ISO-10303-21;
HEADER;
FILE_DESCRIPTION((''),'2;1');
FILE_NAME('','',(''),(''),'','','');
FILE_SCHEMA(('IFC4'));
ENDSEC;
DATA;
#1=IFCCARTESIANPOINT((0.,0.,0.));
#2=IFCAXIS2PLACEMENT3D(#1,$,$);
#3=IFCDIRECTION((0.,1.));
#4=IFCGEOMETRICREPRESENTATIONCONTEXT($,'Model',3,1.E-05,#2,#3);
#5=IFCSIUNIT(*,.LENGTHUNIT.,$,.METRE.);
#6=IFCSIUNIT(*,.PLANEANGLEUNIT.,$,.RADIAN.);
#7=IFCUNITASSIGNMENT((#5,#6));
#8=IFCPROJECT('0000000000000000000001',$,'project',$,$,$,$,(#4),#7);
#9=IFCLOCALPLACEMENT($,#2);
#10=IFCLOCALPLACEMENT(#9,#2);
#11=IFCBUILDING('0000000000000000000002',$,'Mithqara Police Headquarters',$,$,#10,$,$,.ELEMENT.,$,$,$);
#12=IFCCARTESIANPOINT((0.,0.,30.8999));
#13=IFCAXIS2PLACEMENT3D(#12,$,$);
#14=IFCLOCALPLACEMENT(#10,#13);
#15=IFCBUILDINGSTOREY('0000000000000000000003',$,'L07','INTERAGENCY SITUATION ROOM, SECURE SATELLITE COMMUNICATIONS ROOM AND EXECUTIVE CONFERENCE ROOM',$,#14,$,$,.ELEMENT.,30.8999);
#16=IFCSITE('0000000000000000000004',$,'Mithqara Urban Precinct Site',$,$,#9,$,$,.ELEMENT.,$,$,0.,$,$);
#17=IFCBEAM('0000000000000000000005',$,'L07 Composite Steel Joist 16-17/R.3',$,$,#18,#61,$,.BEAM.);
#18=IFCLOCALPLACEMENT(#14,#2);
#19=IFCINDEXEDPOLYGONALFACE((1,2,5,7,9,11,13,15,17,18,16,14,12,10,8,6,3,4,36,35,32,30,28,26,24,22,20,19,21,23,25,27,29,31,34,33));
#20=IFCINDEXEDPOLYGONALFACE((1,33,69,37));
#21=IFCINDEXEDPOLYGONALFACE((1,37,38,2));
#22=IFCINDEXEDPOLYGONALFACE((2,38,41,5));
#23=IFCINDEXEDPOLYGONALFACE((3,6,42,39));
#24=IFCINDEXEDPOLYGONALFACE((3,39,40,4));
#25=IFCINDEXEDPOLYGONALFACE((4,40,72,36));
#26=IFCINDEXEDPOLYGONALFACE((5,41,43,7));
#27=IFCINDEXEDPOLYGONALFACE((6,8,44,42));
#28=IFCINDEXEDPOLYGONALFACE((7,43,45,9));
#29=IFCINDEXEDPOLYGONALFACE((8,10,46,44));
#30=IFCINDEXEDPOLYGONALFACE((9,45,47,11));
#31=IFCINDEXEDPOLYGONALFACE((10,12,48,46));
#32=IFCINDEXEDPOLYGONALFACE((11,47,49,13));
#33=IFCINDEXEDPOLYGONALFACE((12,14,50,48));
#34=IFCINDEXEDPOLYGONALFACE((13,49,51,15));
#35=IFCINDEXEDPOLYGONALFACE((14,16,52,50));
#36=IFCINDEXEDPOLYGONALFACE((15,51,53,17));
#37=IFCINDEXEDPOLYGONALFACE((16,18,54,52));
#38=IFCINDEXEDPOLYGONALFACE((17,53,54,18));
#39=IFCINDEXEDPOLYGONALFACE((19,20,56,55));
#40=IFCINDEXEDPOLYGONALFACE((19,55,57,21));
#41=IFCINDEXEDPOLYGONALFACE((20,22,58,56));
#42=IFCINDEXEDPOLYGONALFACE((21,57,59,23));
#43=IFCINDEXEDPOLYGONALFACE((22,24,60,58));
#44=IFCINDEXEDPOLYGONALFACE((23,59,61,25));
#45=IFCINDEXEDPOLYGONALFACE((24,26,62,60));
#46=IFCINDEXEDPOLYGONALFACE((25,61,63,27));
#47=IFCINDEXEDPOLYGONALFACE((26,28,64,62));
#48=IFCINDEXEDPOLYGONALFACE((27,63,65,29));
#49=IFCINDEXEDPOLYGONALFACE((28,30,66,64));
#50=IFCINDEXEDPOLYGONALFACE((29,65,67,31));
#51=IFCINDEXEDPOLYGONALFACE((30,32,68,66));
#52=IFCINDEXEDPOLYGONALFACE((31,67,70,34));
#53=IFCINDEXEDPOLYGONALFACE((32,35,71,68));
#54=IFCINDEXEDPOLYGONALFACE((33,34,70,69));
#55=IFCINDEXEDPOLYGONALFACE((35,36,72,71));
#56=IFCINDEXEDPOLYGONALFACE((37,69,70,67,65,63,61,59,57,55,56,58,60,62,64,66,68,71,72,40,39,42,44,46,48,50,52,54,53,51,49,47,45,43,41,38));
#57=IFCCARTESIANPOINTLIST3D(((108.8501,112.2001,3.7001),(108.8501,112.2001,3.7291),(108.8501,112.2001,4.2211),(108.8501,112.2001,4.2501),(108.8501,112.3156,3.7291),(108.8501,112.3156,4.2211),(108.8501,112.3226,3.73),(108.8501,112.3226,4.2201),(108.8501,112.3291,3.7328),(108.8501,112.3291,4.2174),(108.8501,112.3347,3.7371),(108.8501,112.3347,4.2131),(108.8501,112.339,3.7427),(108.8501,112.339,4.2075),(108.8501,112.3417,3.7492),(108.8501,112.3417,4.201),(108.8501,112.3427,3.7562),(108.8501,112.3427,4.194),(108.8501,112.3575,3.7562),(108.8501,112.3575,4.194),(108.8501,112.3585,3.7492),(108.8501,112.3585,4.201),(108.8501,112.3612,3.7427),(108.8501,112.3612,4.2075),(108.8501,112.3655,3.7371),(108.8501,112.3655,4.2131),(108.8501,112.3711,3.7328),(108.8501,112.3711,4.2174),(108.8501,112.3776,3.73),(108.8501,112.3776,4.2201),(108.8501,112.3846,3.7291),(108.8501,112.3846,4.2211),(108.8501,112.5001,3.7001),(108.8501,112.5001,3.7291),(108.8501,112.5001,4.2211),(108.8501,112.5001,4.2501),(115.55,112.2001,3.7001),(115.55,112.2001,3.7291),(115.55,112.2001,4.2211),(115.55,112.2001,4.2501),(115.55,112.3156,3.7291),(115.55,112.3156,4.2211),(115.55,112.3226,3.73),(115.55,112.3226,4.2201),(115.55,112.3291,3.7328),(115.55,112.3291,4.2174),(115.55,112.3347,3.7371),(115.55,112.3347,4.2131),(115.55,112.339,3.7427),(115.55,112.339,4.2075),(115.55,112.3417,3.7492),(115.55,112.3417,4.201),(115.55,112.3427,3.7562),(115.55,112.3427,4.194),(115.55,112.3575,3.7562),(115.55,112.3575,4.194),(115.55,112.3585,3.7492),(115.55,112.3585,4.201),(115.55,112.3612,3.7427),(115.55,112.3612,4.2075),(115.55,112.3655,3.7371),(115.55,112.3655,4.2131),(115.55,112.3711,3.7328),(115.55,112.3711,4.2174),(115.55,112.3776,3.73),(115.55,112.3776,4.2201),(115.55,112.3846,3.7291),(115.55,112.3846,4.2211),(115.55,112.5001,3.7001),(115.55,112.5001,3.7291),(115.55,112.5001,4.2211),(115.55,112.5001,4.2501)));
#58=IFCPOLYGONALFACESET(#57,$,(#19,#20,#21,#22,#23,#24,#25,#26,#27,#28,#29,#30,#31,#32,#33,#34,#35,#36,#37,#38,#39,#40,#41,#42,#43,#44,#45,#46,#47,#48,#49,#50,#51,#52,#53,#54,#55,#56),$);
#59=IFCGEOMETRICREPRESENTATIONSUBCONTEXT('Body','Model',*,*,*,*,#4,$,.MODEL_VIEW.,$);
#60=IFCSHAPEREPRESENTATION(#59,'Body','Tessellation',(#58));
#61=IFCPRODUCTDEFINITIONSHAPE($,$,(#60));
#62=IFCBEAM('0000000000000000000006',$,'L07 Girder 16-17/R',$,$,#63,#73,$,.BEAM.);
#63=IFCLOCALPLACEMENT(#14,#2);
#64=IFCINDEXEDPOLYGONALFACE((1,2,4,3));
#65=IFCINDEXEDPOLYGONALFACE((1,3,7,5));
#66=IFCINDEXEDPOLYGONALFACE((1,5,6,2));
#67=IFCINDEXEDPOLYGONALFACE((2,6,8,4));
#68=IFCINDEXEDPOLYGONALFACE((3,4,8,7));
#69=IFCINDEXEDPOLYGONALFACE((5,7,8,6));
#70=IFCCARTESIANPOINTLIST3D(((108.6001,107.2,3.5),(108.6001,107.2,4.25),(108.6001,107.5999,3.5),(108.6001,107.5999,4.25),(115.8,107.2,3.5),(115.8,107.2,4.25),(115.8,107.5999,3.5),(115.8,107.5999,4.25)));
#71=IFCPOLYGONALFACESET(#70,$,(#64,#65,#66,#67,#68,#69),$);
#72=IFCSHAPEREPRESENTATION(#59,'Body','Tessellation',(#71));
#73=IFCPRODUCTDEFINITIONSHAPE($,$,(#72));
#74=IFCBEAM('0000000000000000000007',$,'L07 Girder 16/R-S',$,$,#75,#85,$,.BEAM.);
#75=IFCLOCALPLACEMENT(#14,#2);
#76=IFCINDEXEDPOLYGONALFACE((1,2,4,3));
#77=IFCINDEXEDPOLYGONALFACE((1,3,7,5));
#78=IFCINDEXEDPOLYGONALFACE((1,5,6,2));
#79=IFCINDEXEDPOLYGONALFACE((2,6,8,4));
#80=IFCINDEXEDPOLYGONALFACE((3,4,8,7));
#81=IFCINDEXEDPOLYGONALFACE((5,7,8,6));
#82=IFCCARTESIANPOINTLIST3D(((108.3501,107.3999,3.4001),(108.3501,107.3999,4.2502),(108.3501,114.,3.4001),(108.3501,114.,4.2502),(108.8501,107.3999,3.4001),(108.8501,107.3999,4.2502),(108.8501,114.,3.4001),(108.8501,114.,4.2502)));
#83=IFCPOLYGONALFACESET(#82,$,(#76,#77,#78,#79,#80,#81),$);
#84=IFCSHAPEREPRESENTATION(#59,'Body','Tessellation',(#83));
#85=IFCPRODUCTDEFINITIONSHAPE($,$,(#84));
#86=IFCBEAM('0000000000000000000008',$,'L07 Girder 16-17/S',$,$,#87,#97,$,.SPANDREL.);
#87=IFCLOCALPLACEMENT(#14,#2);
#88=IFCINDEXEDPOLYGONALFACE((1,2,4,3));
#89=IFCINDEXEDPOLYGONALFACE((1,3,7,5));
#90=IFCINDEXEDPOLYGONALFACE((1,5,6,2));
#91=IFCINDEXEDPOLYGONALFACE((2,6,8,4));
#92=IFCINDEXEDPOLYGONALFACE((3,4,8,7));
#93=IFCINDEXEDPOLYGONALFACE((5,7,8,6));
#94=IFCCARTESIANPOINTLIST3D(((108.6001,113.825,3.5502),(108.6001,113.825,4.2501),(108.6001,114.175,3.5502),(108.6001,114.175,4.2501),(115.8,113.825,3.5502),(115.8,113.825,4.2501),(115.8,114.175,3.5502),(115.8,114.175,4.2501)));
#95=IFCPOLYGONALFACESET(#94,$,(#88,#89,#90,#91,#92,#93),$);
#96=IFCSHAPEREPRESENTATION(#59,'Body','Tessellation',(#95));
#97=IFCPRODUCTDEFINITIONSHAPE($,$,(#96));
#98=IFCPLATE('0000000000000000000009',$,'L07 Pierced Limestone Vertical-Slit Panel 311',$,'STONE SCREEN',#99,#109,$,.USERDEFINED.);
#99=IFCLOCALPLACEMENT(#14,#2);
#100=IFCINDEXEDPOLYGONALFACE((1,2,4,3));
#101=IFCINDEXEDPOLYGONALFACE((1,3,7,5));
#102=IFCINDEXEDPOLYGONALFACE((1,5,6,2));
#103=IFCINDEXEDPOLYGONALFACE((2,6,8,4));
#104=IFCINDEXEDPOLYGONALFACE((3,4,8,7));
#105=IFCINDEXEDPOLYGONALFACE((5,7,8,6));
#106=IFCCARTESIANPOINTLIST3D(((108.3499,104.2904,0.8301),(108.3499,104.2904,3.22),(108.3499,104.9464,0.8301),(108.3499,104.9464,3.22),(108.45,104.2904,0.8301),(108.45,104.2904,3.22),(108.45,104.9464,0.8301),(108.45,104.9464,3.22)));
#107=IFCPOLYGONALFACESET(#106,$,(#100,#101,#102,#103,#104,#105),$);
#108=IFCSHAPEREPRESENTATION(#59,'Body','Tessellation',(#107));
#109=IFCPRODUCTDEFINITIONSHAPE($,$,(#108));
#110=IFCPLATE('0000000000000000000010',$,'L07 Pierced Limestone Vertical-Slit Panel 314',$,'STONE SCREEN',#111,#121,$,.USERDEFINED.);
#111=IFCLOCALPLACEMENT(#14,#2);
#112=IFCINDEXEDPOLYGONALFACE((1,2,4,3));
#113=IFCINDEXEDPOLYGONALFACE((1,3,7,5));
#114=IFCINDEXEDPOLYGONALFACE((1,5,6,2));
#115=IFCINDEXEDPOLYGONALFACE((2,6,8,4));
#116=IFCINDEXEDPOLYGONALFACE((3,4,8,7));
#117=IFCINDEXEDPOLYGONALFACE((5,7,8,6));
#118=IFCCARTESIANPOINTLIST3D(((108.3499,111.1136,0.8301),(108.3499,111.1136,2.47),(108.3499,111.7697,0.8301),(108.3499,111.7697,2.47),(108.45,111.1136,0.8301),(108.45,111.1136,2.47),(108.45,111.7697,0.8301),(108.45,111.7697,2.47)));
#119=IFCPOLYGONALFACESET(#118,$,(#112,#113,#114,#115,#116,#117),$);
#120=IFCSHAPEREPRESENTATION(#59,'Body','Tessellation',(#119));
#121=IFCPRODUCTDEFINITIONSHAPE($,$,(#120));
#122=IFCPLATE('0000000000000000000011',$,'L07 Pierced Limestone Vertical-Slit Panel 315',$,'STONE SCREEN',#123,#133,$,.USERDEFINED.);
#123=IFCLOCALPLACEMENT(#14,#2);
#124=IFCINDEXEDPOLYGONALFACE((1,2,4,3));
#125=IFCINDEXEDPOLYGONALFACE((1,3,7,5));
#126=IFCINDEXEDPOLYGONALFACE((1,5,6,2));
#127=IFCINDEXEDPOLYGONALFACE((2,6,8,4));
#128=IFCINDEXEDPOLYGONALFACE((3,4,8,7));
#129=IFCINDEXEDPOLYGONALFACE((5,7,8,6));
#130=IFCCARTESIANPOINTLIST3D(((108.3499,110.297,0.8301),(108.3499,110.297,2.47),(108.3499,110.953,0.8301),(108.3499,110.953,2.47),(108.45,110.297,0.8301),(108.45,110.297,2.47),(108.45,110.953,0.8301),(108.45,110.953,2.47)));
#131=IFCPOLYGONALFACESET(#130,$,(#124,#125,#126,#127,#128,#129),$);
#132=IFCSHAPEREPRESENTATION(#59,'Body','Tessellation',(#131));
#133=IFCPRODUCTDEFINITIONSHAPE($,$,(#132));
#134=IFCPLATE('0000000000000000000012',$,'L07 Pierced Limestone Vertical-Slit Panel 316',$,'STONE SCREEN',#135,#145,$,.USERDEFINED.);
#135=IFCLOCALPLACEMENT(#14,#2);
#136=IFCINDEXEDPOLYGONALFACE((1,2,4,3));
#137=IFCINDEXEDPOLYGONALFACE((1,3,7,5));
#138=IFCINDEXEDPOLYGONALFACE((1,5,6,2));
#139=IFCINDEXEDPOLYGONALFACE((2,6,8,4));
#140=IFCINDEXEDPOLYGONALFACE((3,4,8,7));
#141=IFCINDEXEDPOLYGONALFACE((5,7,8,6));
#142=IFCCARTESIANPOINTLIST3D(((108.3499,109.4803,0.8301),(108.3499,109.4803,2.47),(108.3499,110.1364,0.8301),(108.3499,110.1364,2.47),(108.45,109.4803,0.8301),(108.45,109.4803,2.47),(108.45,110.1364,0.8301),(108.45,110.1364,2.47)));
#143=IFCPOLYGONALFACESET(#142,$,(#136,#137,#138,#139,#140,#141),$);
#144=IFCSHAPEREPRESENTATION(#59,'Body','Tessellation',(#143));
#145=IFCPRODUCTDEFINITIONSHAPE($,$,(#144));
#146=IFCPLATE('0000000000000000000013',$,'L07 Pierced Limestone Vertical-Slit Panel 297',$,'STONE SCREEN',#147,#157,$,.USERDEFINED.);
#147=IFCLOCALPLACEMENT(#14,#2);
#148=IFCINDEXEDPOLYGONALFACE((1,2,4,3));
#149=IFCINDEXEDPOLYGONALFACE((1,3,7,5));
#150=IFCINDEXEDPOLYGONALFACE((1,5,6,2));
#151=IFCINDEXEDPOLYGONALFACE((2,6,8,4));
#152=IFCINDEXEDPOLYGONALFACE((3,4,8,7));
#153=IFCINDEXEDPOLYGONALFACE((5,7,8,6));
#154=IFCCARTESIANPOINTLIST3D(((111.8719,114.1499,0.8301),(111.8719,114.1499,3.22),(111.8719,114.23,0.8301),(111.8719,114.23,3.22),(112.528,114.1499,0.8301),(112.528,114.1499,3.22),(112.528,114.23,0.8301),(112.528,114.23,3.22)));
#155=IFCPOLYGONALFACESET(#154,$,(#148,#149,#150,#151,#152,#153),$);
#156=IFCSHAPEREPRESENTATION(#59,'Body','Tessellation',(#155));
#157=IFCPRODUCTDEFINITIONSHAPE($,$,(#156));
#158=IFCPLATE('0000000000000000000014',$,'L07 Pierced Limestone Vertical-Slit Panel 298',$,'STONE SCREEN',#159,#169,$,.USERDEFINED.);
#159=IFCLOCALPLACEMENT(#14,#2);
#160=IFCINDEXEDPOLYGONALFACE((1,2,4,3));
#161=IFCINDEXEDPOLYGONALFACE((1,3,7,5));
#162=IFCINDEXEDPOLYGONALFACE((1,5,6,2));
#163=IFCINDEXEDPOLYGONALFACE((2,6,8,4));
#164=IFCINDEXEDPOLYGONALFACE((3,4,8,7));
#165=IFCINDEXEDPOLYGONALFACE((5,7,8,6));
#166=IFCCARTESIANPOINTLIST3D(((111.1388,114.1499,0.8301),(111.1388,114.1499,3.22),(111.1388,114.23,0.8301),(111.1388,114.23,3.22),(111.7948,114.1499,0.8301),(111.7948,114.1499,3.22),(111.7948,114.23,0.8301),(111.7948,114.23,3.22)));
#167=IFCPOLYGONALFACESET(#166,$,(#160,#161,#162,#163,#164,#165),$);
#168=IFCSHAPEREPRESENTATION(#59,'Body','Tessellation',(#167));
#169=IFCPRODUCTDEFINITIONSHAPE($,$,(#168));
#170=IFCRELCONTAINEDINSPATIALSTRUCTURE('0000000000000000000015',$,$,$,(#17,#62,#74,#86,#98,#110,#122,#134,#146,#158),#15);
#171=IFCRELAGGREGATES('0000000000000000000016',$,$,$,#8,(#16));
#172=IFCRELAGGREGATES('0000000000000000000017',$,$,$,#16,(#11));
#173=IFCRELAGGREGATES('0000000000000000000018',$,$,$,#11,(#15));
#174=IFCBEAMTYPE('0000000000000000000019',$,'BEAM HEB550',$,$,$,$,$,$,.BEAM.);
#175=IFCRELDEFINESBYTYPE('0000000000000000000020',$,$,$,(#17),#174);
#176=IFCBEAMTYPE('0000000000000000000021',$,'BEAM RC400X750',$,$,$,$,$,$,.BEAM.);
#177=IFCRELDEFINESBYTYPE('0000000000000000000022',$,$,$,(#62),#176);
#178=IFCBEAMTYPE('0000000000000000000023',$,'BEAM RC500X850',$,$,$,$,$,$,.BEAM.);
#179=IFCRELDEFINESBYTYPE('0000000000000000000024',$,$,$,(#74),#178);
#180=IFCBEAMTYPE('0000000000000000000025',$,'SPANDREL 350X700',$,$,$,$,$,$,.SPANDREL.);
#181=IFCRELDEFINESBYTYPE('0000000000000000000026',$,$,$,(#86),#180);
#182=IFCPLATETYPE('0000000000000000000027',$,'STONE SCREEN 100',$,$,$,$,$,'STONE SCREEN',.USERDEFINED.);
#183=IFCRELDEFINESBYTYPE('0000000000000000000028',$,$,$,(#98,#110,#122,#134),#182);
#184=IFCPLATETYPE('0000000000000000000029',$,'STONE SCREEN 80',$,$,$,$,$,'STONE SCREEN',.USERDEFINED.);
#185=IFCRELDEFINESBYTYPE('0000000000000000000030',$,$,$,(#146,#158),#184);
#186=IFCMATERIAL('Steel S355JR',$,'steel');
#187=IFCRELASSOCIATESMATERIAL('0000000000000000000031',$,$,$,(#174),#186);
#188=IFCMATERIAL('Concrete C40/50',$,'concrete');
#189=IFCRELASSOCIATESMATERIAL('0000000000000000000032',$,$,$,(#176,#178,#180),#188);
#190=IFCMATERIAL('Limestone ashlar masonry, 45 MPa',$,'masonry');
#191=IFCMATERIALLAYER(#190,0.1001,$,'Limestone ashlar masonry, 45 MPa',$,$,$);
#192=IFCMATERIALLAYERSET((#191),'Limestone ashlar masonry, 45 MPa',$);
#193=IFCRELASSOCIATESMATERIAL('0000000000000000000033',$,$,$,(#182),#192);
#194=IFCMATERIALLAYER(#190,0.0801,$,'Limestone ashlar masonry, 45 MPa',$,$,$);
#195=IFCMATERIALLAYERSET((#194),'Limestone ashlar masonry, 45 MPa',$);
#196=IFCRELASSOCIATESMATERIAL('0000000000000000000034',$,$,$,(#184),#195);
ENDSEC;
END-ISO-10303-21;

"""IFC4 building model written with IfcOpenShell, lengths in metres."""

from ifc_helpers import new_model, si_unit, direction, frame, origin, origin_2d, place, context, subcontext, project, spatial, rectangle, i_section, extrude, material, layer, layer_set, material_profile, profile_set, type_object, element, save


model = new_model("IFC4")

# Units and contexts
model_context = context("Model", 3, precision=1e-05, world=origin(), true_north=direction((0.0, 1.0)))
body_context = subcontext(model_context, "Body", "Model", "MODEL_VIEW")
ifc_project = project(units=[si_unit("LENGTHUNIT", "METRE"), si_unit("PLANEANGLEUNIT", "RADIAN")], contexts=[model_context])

# Site, building, storey
site_placement = place(None, origin())
site = spatial("IfcSite", under=ifc_project, at=site_placement, Name="Mithqara Urban Precinct Site", CompositionType="ELEMENT", RefElevation=0.0)
building_placement = place(site_placement, origin())
building = spatial("IfcBuilding", under=site, at=building_placement, Name="Mithqara Police Headquarters", CompositionType="ELEMENT")
storey_placement = place(building_placement, frame((0.0, 0.0, 30.8999)))
storey = spatial("IfcBuildingStorey", under=building, at=storey_placement, Name="L07", Description="INTERAGENCY SITUATION ROOM, SECURE SATELLITE COMMUNICATIONS ROOM AND EXECUTIVE CONFERENCE ROOM", CompositionType="ELEMENT", Elevation=30.8999)

# Beams
ifc_material_1 = material(Name="Steel S355JR", Category="steel")
ifc_material_profile_1 = material_profile(ifc_material_1, i_section(OverallWidth=0.3, OverallDepth=0.55, WebThickness=0.0149, FlangeThickness=0.0291, FilletRadius=0.0271, at=origin_2d()), Name="HEB 550")
ifc_profile_set_1 = profile_set([ifc_material_profile_1], Name="Steel S355JR")
beam_type_1 = type_object("IfcBeamType", Name="BEAM HEB550", PredefinedType="BEAM", material=ifc_profile_set_1)
for number, where, z_axis, x_axis, name in (
    (1, (108.8501, 112.3501, 3.9751), (1.0, 0.0, 0.0), (0.0, 1.0, 0.0), "L07 Composite Steel Joist 16-17/R.3"),
):
    element("IfcBeam", number, at=place(storey_placement, frame(where, z_axis=z_axis, x_axis=x_axis)), inside=storey, type_object=beam_type_1, Name=name, PredefinedType="BEAM", context=body_context, shape_type="SweptSolid", body=[
        extrude(i_section(OverallWidth=0.3, OverallDepth=0.55, WebThickness=0.0149, FlangeThickness=0.0291, FilletRadius=0.0271, at=origin_2d()), origin(), (0.0, 0.0, 1.0), 6.7),
    ])
ifc_material_2 = material(Name="Concrete C40/50", Category="concrete")
ifc_material_profile_2 = material_profile(ifc_material_2, rectangle(XDim=0.3999, YDim=0.75, at=origin_2d()), Name="RC 400x750")
ifc_profile_set_2 = profile_set([ifc_material_profile_2], Name="Concrete C40/50")
beam_type_2 = type_object("IfcBeamType", Name="BEAM RC400X750", PredefinedType="BEAM", material=ifc_profile_set_2)
beam_1_placement = place(storey_placement, frame((108.6001, 107.3999, 3.875), z_axis=(1.0, 0.0, 0.0), x_axis=(0.0, 1.0, 0.0)))
element("IfcBeam", 2, at=beam_1_placement, inside=storey, type_object=beam_type_2, Name="L07 Girder 16-17/R", PredefinedType="BEAM", context=body_context, shape_type="SweptSolid", body=[
    extrude(rectangle(XDim=0.3999, YDim=0.75, at=origin_2d()), origin(), (0.0, 0.0, 1.0), 7.2),
])
ifc_material_profile_3 = material_profile(ifc_material_2, rectangle(XDim=0.5, YDim=0.8501, at=origin_2d()), Name="RC 500x850")
ifc_profile_set_3 = profile_set([ifc_material_profile_3], Name="Concrete C40/50")
beam_type_3 = type_object("IfcBeamType", Name="BEAM RC500X850", PredefinedType="BEAM", material=ifc_profile_set_3)
beam_2_placement = place(storey_placement, frame((108.6001, 107.3999, 3.8252), z_axis=(0.0, 1.0, 0.0), x_axis=(-1.0, 0.0, 0.0)))
element("IfcBeam", 3, at=beam_2_placement, inside=storey, type_object=beam_type_3, Name="L07 Girder 16/R-S", PredefinedType="BEAM", context=body_context, shape_type="SweptSolid", body=[
    extrude(rectangle(XDim=0.5, YDim=0.8501, at=origin_2d()), origin(), (0.0, 0.0, 1.0), 6.6001),
])
ifc_material_profile_4 = material_profile(ifc_material_2, rectangle(XDim=0.3501, YDim=0.7, at=origin_2d()), Name="SPB 350x700")
ifc_profile_set_4 = profile_set([ifc_material_profile_4], Name="Concrete C40/50")
beam_type_4 = type_object("IfcBeamType", Name="SPANDREL 350X700", PredefinedType="SPANDREL", material=ifc_profile_set_4)
beam_3_placement = place(storey_placement, frame((108.6001, 114.0, 3.9001), z_axis=(1.0, 0.0, 0.0), x_axis=(0.0, 1.0, 0.0)))
element("IfcBeam", 4, at=beam_3_placement, inside=storey, type_object=beam_type_4, Name="L07 Girder 16-17/S", PredefinedType="SPANDREL", context=body_context, shape_type="SweptSolid", body=[
    extrude(rectangle(XDim=0.3501, YDim=0.7, at=origin_2d()), origin(), (0.0, 0.0, 1.0), 7.2),
])

# Plates
ifc_material_3 = material(Name="Limestone ashlar masonry, 45 MPa", Category="masonry")
ifc_layer_1 = layer(ifc_material_3, 0.1001, Name="Limestone ashlar masonry, 45 MPa")
ifc_layer_set_1 = layer_set([ifc_layer_1], Name="Limestone ashlar masonry, 45 MPa")
plate_type_1 = type_object("IfcPlateType", Name="STONE SCREEN 100", ElementType="STONE SCREEN", PredefinedType="USERDEFINED", material=ifc_layer_set_1)
plate_placement = place(storey_placement, frame((108.3999, 104.6184, 0.8301), z_axis=(0.0, 0.0, 1.0), x_axis=(0.0, 1.0, 0.0)))
element("IfcPlate", 5, at=plate_placement, inside=storey, type_object=plate_type_1, Name="L07 Pierced Limestone Vertical-Slit Panel 311", ObjectType="STONE SCREEN", PredefinedType="USERDEFINED", context=body_context, shape_type="SweptSolid", body=[
    extrude(rectangle(XDim=0.656, YDim=0.1001, at=origin_2d()), origin(), (0.0, 0.0, 1.0), 2.3899),
])
for number, where, z_axis, x_axis, name in (
    (6, (108.3999, 111.4417, 0.8301), (0.0, 0.0, 1.0), (0.0, 1.0, 0.0), "L07 Pierced Limestone Vertical-Slit Panel 314"),
    (7, (108.3999, 110.625, 0.8301), (0.0, 0.0, 1.0), (0.0, 1.0, 0.0), "L07 Pierced Limestone Vertical-Slit Panel 315"),
    (8, (108.3999, 109.8083, 0.8301), (0.0, 0.0, 1.0), (0.0, 1.0, 0.0), "L07 Pierced Limestone Vertical-Slit Panel 316"),
):
    element("IfcPlate", number, at=place(storey_placement, frame(where, z_axis=z_axis, x_axis=x_axis)), inside=storey, type_object=plate_type_1, Name=name, ObjectType="STONE SCREEN", PredefinedType="USERDEFINED", context=body_context, shape_type="SweptSolid", body=[
        extrude(rectangle(XDim=0.656, YDim=0.1001, at=origin_2d()), origin(), (0.0, 0.0, 1.0), 1.6399),
    ])
ifc_layer_2 = layer(ifc_material_3, 0.0801, Name="Limestone ashlar masonry, 45 MPa")
ifc_layer_set_2 = layer_set([ifc_layer_2], Name="Limestone ashlar masonry, 45 MPa")
plate_type_2 = type_object("IfcPlateType", Name="STONE SCREEN 80", ElementType="STONE SCREEN", PredefinedType="USERDEFINED", material=ifc_layer_set_2)
for number, where, z_axis, x_axis, name in (
    (9, (112.2, 114.1899, 0.8301), (0.0, 0.0, 1.0), (1.0, 0.0, 0.0), "L07 Pierced Limestone Vertical-Slit Panel 297"),
    (10, (111.4668, 114.1899, 0.8301), (0.0, 0.0, 1.0), (1.0, 0.0, 0.0), "L07 Pierced Limestone Vertical-Slit Panel 298"),
):
    element("IfcPlate", number, at=place(storey_placement, frame(where, z_axis=z_axis, x_axis=x_axis)), inside=storey, type_object=plate_type_2, Name=name, ObjectType="STONE SCREEN", PredefinedType="USERDEFINED", context=body_context, shape_type="SweptSolid", body=[
        extrude(rectangle(XDim=0.656, YDim=0.0801, at=origin_2d()), origin(), (0.0, 0.0, 1.0), 2.3899),
    ])

save(model, "model.ifc")
